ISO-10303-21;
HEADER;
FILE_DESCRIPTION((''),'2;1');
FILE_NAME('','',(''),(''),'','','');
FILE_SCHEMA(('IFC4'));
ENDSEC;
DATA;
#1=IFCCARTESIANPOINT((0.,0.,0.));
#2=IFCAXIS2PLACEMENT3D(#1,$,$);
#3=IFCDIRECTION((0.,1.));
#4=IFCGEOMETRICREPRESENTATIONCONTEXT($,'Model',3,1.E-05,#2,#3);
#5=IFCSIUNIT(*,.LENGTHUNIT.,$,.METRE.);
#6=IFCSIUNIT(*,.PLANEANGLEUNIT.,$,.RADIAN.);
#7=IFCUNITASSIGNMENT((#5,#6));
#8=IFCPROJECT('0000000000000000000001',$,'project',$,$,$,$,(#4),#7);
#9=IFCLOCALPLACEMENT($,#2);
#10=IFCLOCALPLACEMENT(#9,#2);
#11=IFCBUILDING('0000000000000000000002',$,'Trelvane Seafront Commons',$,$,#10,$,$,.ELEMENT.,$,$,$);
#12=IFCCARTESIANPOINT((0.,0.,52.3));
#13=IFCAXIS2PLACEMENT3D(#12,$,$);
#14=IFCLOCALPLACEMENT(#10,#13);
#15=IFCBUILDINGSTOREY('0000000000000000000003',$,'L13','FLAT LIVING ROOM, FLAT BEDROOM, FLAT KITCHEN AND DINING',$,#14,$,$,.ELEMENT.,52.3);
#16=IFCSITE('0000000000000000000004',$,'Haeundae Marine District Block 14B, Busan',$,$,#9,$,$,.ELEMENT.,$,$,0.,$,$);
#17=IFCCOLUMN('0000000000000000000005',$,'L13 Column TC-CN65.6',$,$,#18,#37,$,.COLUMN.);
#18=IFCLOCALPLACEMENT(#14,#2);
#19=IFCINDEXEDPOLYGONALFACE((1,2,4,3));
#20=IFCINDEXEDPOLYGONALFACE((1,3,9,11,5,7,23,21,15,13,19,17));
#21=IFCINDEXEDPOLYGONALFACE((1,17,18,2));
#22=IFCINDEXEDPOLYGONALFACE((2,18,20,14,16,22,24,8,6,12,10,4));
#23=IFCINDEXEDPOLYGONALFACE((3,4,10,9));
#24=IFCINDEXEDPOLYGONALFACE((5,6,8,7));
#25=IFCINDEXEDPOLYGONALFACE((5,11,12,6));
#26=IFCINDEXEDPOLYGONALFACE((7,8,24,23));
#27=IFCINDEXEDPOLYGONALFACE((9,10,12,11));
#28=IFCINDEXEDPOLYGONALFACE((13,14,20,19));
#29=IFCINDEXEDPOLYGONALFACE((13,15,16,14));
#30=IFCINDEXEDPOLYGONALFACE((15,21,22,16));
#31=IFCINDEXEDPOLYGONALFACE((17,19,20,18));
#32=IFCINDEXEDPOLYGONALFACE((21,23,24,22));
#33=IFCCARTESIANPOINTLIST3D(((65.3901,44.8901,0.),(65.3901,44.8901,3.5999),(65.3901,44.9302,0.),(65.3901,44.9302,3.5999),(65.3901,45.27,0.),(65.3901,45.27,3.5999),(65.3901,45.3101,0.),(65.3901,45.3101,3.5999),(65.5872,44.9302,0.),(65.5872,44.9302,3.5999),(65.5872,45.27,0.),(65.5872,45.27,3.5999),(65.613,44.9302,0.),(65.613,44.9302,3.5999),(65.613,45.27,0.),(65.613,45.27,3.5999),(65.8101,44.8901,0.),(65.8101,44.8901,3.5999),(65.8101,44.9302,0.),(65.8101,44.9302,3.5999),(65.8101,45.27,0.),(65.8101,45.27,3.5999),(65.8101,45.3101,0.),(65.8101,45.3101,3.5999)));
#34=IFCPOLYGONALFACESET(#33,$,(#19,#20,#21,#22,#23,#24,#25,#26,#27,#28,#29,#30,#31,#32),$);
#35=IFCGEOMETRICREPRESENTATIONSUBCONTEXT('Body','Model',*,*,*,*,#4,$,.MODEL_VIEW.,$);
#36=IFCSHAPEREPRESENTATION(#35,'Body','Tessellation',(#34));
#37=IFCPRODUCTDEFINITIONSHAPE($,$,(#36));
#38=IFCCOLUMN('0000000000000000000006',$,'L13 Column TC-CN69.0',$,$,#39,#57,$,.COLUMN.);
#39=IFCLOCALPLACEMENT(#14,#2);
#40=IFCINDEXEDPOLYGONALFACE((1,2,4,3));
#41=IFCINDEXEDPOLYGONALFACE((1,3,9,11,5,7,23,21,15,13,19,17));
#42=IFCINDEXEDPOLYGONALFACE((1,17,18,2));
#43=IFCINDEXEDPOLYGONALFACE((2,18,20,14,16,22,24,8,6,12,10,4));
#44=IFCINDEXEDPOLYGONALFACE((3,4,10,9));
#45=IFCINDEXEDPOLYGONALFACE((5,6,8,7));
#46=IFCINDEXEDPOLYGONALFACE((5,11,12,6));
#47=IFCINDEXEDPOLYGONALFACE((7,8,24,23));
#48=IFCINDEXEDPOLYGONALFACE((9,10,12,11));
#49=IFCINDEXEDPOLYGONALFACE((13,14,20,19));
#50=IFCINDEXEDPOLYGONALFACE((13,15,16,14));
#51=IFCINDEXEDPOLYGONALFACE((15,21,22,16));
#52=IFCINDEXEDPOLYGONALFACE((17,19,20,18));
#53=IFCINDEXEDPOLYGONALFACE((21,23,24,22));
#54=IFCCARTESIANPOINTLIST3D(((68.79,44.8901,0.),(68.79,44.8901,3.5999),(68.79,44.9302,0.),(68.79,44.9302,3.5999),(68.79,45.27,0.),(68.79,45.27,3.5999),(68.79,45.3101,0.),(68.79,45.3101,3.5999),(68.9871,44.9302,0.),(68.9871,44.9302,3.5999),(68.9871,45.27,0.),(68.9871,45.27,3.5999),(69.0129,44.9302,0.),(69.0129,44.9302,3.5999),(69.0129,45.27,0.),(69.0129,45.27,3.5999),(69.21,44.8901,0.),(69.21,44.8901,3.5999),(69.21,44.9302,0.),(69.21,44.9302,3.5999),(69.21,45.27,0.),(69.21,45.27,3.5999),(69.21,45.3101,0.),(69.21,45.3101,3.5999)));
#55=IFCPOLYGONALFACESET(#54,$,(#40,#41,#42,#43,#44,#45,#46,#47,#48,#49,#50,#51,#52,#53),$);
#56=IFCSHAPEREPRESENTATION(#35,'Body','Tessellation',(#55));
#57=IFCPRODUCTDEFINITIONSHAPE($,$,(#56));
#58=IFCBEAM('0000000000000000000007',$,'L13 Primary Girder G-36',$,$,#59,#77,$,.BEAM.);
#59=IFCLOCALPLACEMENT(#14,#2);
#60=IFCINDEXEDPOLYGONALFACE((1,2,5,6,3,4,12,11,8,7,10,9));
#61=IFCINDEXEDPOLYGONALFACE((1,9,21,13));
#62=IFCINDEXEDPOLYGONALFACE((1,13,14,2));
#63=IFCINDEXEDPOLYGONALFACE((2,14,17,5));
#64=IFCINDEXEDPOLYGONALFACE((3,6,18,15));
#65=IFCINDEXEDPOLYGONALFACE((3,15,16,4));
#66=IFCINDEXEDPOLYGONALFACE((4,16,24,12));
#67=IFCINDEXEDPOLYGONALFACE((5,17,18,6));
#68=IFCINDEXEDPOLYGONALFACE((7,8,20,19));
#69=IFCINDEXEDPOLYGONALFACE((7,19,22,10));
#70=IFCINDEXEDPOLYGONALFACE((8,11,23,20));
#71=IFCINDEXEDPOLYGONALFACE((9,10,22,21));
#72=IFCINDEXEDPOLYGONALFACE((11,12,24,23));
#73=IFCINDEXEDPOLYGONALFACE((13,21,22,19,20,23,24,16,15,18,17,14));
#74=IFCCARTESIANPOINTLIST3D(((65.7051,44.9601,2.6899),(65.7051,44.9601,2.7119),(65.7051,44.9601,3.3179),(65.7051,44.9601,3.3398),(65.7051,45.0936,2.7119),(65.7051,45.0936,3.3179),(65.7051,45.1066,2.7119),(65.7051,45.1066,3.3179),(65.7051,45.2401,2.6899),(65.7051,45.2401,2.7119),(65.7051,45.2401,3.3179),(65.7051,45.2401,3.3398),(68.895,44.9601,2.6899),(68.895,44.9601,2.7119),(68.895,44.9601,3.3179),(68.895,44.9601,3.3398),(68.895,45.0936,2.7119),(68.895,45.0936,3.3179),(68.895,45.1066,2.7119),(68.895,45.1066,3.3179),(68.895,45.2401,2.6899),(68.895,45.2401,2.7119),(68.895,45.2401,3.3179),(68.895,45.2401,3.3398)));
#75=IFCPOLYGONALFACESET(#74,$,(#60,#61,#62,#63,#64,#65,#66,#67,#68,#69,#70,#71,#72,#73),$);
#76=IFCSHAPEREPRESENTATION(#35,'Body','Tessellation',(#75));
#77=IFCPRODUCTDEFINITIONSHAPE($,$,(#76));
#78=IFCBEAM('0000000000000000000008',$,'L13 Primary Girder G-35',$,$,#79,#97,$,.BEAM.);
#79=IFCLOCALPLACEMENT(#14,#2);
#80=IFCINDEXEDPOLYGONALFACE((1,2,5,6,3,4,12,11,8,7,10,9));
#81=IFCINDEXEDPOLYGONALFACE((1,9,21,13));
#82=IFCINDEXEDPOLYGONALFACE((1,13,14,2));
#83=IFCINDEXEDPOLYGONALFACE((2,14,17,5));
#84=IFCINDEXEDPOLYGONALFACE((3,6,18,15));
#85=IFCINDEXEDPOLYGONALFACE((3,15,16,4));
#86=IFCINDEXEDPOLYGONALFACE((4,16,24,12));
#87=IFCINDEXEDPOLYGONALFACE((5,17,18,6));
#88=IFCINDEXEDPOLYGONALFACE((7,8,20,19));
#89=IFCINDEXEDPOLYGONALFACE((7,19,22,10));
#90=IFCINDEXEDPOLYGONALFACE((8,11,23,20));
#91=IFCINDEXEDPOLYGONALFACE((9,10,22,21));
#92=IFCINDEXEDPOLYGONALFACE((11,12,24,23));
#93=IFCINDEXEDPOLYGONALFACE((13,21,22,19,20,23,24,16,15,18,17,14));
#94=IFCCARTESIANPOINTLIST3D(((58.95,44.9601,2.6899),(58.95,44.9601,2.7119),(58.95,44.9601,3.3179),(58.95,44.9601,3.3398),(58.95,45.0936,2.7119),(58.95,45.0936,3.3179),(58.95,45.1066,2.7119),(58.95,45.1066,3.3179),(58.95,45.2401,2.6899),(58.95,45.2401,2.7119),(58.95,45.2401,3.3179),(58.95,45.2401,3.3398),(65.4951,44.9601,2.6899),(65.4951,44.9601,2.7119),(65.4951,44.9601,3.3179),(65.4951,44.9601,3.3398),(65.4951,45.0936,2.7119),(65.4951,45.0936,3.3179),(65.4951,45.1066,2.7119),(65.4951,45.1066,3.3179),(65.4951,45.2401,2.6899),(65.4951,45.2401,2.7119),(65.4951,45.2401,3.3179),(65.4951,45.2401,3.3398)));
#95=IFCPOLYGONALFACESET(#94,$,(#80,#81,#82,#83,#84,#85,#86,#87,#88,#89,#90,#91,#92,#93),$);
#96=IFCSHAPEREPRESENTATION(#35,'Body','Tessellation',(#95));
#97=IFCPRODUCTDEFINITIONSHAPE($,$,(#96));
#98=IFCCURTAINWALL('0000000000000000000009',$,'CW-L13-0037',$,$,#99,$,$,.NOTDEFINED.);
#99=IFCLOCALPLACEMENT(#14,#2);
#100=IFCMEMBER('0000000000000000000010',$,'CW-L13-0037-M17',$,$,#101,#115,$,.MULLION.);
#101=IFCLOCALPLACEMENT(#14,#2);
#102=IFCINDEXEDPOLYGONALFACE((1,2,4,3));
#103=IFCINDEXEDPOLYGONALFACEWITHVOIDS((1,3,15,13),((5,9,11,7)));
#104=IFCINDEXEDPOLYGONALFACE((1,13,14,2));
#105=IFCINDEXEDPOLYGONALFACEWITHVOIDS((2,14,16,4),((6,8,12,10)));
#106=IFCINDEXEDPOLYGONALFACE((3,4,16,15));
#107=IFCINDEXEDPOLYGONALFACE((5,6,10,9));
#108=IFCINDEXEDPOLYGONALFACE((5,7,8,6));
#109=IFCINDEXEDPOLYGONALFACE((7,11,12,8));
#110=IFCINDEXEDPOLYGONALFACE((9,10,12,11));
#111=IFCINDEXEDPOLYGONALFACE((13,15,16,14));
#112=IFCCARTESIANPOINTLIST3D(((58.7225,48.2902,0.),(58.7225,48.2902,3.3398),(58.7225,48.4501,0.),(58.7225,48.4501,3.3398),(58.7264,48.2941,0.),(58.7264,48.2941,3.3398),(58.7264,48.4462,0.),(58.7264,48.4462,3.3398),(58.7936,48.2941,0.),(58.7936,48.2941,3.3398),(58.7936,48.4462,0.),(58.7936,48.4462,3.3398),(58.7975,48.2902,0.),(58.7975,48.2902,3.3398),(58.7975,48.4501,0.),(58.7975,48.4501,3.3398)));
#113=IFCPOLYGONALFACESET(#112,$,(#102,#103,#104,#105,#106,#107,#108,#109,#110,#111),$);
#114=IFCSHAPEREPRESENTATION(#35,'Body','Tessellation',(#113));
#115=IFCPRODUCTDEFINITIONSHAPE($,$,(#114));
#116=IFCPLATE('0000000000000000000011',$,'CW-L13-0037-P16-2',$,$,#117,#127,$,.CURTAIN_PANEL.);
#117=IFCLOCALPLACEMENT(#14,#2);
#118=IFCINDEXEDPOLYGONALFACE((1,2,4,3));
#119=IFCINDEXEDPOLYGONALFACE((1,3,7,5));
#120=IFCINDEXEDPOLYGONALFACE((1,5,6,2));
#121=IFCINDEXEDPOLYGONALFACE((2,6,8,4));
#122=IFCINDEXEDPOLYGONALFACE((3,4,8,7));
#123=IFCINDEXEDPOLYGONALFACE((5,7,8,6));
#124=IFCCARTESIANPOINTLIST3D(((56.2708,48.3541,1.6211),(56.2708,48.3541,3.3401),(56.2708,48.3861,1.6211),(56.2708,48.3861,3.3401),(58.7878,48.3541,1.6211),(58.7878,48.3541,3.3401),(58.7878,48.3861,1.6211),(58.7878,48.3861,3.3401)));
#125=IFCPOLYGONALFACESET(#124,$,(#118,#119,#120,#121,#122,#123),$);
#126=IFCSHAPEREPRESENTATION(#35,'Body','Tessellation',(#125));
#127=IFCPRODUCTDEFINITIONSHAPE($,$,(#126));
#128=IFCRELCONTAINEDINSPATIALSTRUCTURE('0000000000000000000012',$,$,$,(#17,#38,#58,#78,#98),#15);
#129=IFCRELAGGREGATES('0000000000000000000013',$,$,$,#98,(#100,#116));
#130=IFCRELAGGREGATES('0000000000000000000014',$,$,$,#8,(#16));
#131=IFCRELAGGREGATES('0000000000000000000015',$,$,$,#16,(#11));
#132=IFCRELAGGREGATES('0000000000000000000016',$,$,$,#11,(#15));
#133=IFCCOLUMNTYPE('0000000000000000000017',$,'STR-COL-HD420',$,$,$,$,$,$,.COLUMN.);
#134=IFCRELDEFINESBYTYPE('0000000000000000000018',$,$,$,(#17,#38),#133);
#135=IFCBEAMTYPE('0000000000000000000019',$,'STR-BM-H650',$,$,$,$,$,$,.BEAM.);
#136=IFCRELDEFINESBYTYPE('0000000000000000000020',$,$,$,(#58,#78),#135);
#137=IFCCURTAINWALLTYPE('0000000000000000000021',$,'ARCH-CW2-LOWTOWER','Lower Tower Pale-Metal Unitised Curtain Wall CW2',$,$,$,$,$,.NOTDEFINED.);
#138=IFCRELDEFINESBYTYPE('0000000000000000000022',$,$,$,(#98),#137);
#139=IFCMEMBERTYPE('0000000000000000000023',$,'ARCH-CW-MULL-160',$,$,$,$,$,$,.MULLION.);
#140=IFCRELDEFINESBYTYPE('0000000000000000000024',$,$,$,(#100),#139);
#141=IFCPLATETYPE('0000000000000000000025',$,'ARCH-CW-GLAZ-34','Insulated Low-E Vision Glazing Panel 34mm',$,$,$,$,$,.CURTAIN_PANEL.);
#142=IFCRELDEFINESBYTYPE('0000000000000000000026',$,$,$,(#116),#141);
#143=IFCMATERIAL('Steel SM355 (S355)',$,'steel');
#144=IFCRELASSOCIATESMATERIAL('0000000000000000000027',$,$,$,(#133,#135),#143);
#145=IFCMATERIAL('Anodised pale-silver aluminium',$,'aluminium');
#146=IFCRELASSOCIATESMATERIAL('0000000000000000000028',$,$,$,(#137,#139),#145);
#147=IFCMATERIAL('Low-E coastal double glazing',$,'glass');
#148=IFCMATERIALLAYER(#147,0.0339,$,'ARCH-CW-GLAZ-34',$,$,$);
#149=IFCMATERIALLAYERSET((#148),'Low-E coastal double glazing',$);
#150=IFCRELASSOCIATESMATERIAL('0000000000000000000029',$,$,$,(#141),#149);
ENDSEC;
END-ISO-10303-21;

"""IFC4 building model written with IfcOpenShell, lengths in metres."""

from ifc_helpers import new_model, si_unit, direction, frame, origin, origin_2d, place, context, subcontext, project, spatial, rectangle, hollow_rectangle, i_section, extrude, source, transform, mapped, material, layer, layer_set, material_profile, profile_set, type_object, element, aggregate, save


model = new_model("IFC4")

# Units and contexts
model_context = context("Model", 3, precision=1e-05, world=origin(), true_north=direction((0.0, 1.0)))
body_context = subcontext(model_context, "Body", "Model", "MODEL_VIEW")
ifc_project = project(units=[si_unit("LENGTHUNIT", "METRE"), si_unit("PLANEANGLEUNIT", "RADIAN")], contexts=[model_context])

# Site, building, storey
site_placement = place(None, origin())
site = spatial("IfcSite", under=ifc_project, at=site_placement, Name="Haeundae Marine District Block 14B, Busan", CompositionType="ELEMENT", RefElevation=0.0)
building_placement = place(site_placement, origin())
building = spatial("IfcBuilding", under=site, at=building_placement, Name="Trelvane Seafront Commons", CompositionType="ELEMENT")
storey_placement = place(building_placement, frame((0.0, 0.0, 52.3)))
storey = spatial("IfcBuildingStorey", under=building, at=storey_placement, Name="L13", Description="FLAT LIVING ROOM, FLAT BEDROOM, FLAT KITCHEN AND DINING", CompositionType="ELEMENT", Elevation=52.3)

# Columns
ifc_material_1 = material(Name="Steel SM355 (S355)", Category="steel")
ifc_material_profile_1 = material_profile(ifc_material_1, i_section(OverallWidth=0.4199, OverallDepth=0.4199, WebThickness=0.0259, FlangeThickness=0.04, at=origin_2d()), Name="HD-420x420x26x40")
ifc_profile_set_1 = profile_set([ifc_material_profile_1], Name="Steel SM355 (S355)")
column_type = type_object("IfcColumnType", Name="STR-COL-HD420", PredefinedType="COLUMN", material=ifc_profile_set_1)
shared_shape_1 = source(origin(), body_context, "Body", "SweptSolid", [
    extrude(i_section(OverallWidth=0.4199, OverallDepth=0.4199, WebThickness=0.0259, FlangeThickness=0.04, at=origin_2d()), origin(), (0.0, 0.0, 1.0), 3.5999),
])
for number, where, z_axis, x_axis, name in (
    (1, (65.6001, 45.1001, 0.0), (0.0, 0.0, 1.0), (1.0, 0.0, 0.0), "L13 Column TC-CN65.6"),
    (2, (69.0, 45.1001, 0.0), (0.0, 0.0, 1.0), (1.0, 0.0, 0.0), "L13 Column TC-CN69.0"),
):
    element("IfcColumn", number, at=place(storey_placement, frame(where, z_axis=z_axis, x_axis=x_axis)), inside=storey, type_object=column_type, Name=name, PredefinedType="COLUMN", context=body_context, shape_type="MappedRepresentation", body=[
        mapped(shared_shape_1, transform((0.0, 0.0, 0.0), x_axis=(1.0, 0.0, 0.0), y_axis=(0.0, 1.0, 0.0), z_axis=(0.0, 0.0, 1.0), scale=1.0)),
    ])

# Beams
ifc_material_profile_2 = material_profile(ifc_material_1, i_section(OverallWidth=0.28, OverallDepth=0.6499, WebThickness=0.0129, FlangeThickness=0.022, at=origin_2d()), Name="H-650x280x13x22")
ifc_profile_set_2 = profile_set([ifc_material_profile_2], Name="Steel SM355 (S355)")
beam_type = type_object("IfcBeamType", Name="STR-BM-H650", PredefinedType="BEAM", material=ifc_profile_set_2)
shared_shape_2 = source(origin(), body_context, "Body", "SweptSolid", [
    extrude(i_section(OverallWidth=0.28, OverallDepth=0.6499, WebThickness=0.0129, FlangeThickness=0.022, at=origin_2d()), origin(), (0.0, 0.0, 1.0), 3.1899),
])
beam_1_placement = place(storey_placement, frame((65.7051, 45.1001, 3.0149), z_axis=(1.0, 0.0, 0.0), x_axis=(0.0, 1.0, 0.0)))
element("IfcBeam", 3, at=beam_1_placement, inside=storey, type_object=beam_type, Name="L13 Primary Girder G-36", PredefinedType="BEAM", context=body_context, shape_type="MappedRepresentation", body=[
    mapped(shared_shape_2, transform((0.0, 0.0, 0.0), x_axis=(1.0, 0.0, 0.0), y_axis=(0.0, 1.0, 0.0), z_axis=(0.0, 0.0, 1.0), scale=1.0)),
])
shared_shape_3 = source(origin(), body_context, "Body", "SweptSolid", [
    extrude(i_section(OverallWidth=0.28, OverallDepth=0.6499, WebThickness=0.0129, FlangeThickness=0.022, at=origin_2d()), origin(), (0.0, 0.0, 1.0), 6.5452),
])
beam_2_placement = place(storey_placement, frame((58.95, 45.1001, 3.0149), z_axis=(1.0, 0.0, 0.0), x_axis=(0.0, 1.0, 0.0)))
element("IfcBeam", 4, at=beam_2_placement, inside=storey, type_object=beam_type, Name="L13 Primary Girder G-35", PredefinedType="BEAM", context=body_context, shape_type="MappedRepresentation", body=[
    mapped(shared_shape_3, transform((0.0, 0.0, 0.0), x_axis=(1.0, 0.0, 0.0), y_axis=(0.0, 1.0, 0.0), z_axis=(0.0, 0.0, 1.0), scale=1.0)),
])

# Curtain wall, member, plate
ifc_material_2 = material(Name="Anodised pale-silver aluminium", Category="aluminium")
curtain_wall_type = type_object("IfcCurtainWallType", Name="ARCH-CW2-LOWTOWER", Description="Lower Tower Pale-Metal Unitised Curtain Wall CW2", PredefinedType="NOTDEFINED", material=ifc_material_2)
curtain_wall_placement = place(storey_placement, origin())
curtain_wall = element("IfcCurtainWall", 5, at=curtain_wall_placement, inside=storey, type_object=curtain_wall_type, Name="CW-L13-0037", PredefinedType="NOTDEFINED")
ifc_material_profile_3 = material_profile(ifc_material_2, hollow_rectangle(XDim=0.075, YDim=0.1599, WallThickness=0.0039, at=origin_2d()), Name="MULL-75x160x4")
ifc_profile_set_3 = profile_set([ifc_material_profile_3], Name="Anodised pale-silver aluminium")
member_type = type_object("IfcMemberType", Name="ARCH-CW-MULL-160", PredefinedType="MULLION", material=ifc_profile_set_3)
shared_shape_4 = source(origin(), body_context, "Body", "SweptSolid", [
    extrude(hollow_rectangle(XDim=0.075, YDim=0.1599, WallThickness=0.0039, at=origin_2d()), origin(), (0.0, 0.0, 1.0), 3.3398),
])
member_placement = place(storey_placement, frame((58.76, 48.3701, 0.0), z_axis=(0.0, 0.0, 1.0), x_axis=(1.0, 0.0, 0.0)))
member = element("IfcMember", 6, at=member_placement, type_object=member_type, Name="CW-L13-0037-M17", PredefinedType="MULLION", context=body_context, shape_type="MappedRepresentation", body=[
    mapped(shared_shape_4, transform((0.0, 0.0, 0.0), x_axis=(1.0, 0.0, 0.0), y_axis=(0.0, 1.0, 0.0), z_axis=(0.0, 0.0, 1.0), scale=1.0)),
])
ifc_material_3 = material(Name="Low-E coastal double glazing", Category="glass")
ifc_layer_1 = layer(ifc_material_3, 0.0339, Name="ARCH-CW-GLAZ-34")
ifc_layer_set_1 = layer_set([ifc_layer_1], Name="Low-E coastal double glazing")
plate_type = type_object("IfcPlateType", Name="ARCH-CW-GLAZ-34", Description="Insulated Low-E Vision Glazing Panel 34mm", PredefinedType="CURTAIN_PANEL", material=ifc_layer_set_1)
shared_shape_5 = source(origin(), body_context, "Body", "SweptSolid", [
    extrude(rectangle(XDim=2.5171, YDim=0.032, at=origin_2d()), origin(), (0.0, 0.0, 1.0), 1.719),
])
plate_placement = place(storey_placement, frame((57.5293, 48.3701, 1.6211), z_axis=(0.0, 0.0, 1.0), x_axis=(1.0, 0.0, 0.0)))
plate = element("IfcPlate", 7, at=plate_placement, type_object=plate_type, Name="CW-L13-0037-P16-2", PredefinedType="CURTAIN_PANEL", context=body_context, shape_type="MappedRepresentation", body=[
    mapped(shared_shape_5, transform((0.0, 0.0, 0.0), x_axis=(1.0, 0.0, 0.0), y_axis=(0.0, 1.0, 0.0), z_axis=(0.0, 0.0, 1.0), scale=1.0)),
])
aggregate(curtain_wall, [member, plate])

save(model, "model.ifc")
